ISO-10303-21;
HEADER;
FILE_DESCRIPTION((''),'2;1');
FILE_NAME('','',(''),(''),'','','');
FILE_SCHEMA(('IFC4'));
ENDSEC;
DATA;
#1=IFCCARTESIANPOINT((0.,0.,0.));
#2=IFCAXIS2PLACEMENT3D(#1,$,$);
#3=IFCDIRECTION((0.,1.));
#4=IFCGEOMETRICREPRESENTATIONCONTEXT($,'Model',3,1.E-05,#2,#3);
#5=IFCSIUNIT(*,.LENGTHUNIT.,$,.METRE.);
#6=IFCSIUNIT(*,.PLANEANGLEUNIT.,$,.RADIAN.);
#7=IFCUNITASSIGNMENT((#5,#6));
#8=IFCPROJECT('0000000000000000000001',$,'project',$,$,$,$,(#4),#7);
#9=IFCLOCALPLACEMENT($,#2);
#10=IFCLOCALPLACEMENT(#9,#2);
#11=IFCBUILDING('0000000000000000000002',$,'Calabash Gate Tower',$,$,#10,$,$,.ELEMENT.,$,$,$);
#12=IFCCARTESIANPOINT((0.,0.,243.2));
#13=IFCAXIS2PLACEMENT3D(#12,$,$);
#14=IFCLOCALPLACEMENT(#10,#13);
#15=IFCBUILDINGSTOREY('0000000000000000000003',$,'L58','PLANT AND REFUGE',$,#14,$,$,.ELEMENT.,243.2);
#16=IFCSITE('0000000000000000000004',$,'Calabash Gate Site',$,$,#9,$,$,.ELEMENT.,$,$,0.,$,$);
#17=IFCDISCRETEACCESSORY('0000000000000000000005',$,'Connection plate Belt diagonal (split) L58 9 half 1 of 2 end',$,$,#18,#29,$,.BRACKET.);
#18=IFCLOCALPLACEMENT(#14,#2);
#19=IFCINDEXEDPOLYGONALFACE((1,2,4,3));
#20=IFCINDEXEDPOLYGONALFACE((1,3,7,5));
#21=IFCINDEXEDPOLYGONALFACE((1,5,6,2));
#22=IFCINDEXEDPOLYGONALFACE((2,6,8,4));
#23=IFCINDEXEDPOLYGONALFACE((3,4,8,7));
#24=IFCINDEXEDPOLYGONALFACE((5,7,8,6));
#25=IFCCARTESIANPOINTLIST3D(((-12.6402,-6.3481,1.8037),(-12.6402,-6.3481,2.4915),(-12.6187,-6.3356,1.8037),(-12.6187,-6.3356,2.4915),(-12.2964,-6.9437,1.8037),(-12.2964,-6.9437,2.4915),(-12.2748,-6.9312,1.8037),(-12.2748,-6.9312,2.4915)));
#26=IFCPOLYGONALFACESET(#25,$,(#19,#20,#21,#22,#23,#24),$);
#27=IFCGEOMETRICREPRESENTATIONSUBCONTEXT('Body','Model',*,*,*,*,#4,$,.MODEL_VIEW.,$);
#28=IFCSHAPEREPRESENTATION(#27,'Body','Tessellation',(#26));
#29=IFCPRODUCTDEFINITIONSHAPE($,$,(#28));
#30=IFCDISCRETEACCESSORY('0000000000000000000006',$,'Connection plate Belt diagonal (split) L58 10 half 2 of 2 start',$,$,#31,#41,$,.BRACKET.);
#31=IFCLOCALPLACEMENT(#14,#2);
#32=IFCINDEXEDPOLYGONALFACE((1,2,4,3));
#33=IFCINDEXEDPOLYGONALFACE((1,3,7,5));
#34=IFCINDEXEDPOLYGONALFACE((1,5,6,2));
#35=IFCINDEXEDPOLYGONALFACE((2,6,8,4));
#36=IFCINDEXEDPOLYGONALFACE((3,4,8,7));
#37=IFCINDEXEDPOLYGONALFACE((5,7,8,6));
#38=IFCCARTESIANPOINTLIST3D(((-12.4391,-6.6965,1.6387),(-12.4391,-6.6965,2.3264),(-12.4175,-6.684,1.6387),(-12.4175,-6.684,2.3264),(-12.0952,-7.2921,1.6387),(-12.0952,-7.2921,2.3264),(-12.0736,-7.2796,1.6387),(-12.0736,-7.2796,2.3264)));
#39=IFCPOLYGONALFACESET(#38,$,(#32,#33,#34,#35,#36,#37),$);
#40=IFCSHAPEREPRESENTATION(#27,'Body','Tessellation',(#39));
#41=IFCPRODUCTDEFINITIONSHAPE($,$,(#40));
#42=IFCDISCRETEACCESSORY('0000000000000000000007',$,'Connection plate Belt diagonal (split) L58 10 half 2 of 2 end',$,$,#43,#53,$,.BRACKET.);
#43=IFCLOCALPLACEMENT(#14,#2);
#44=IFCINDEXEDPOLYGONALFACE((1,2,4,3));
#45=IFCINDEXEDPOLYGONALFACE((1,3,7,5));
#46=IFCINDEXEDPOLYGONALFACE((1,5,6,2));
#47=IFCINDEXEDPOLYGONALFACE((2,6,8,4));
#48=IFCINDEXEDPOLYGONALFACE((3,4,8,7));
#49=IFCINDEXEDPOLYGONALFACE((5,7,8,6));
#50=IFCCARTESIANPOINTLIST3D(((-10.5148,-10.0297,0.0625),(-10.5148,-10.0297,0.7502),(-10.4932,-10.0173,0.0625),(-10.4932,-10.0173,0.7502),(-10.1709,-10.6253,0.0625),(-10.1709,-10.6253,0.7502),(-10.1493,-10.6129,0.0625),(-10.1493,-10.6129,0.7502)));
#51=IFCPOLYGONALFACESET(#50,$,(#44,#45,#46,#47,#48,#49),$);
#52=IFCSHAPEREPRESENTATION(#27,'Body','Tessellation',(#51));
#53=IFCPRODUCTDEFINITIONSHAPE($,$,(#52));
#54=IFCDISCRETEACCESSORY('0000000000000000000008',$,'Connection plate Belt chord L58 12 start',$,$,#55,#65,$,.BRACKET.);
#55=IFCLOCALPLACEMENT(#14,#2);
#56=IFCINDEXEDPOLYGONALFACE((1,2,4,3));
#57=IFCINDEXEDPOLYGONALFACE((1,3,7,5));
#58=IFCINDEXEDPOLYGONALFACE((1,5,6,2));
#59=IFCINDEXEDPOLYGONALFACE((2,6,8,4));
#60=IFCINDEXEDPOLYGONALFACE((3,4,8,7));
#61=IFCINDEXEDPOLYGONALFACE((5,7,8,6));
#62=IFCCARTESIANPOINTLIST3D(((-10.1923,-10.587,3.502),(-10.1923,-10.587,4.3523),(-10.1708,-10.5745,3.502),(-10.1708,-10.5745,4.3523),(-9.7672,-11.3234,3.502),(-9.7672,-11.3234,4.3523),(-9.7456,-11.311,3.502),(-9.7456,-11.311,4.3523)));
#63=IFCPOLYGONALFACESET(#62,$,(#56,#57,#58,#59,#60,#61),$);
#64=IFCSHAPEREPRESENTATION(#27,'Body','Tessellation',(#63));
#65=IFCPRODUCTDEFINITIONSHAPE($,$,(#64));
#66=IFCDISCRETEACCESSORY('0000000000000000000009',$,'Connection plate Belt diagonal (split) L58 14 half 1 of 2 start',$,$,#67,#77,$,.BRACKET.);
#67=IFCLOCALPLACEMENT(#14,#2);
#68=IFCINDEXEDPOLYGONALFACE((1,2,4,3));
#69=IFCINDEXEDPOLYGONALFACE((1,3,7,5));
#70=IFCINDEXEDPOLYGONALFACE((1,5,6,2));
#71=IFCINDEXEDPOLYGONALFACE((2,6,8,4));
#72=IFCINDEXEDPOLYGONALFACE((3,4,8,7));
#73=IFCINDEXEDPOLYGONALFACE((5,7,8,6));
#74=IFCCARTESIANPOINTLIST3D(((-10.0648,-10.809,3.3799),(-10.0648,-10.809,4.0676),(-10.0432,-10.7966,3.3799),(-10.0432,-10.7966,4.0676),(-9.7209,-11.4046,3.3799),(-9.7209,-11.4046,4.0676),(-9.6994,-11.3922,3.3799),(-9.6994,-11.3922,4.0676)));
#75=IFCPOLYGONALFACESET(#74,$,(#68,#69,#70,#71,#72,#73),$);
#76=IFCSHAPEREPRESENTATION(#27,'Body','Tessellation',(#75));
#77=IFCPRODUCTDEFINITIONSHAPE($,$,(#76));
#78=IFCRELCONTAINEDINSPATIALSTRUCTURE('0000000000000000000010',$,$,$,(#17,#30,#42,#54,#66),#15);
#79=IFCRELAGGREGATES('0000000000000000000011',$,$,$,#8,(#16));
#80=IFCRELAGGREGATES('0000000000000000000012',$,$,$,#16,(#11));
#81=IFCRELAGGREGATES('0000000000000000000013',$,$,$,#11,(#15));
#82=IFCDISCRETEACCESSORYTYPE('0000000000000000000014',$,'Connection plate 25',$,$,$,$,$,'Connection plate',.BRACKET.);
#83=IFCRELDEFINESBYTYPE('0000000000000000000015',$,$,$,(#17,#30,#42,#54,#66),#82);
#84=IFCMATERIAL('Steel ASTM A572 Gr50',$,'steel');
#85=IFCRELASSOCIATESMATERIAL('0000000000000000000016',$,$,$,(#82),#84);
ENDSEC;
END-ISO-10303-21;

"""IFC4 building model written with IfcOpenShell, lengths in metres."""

from ifc_helpers import new_model, si_unit, direction, frame, origin, origin_2d, place, context, subcontext, project, spatial, rectangle, extrude, material, type_object, element, save


model = new_model("IFC4")

# Units and contexts
model_context = context("Model", 3, precision=1e-05, world=origin(), true_north=direction((0.0, 1.0)))
body_context = subcontext(model_context, "Body", "Model", "MODEL_VIEW")
ifc_project = project(units=[si_unit("LENGTHUNIT", "METRE"), si_unit("PLANEANGLEUNIT", "RADIAN")], contexts=[model_context])

# Site, building, storey
site_placement = place(None, origin())
site = spatial("IfcSite", under=ifc_project, at=site_placement, Name="Calabash Gate Site", CompositionType="ELEMENT", RefElevation=0.0)
building_placement = place(site_placement, origin())
building = spatial("IfcBuilding", under=site, at=building_placement, Name="Calabash Gate Tower", CompositionType="ELEMENT")
storey_placement = place(building_placement, frame((0.0, 0.0, 243.2)))
storey = spatial("IfcBuildingStorey", under=building, at=storey_placement, Name="L58", Description="PLANT AND REFUGE", CompositionType="ELEMENT", Elevation=243.2)

# Discrete accessories
ifc_material_1 = material(Name="Steel ASTM A572 Gr50", Category="steel")
discrete_accessory_type = type_object("IfcDiscreteAccessoryType", Name="Connection plate 25", ElementType="Connection plate", PredefinedType="BRACKET", material=ifc_material_1)
for number, where, z_axis, x_axis, name in (
    (1, (-12.4575, -6.6396, 1.8037), (0.0, 0.0, 1.0), (0.5, -0.866025, 0.0), "Connection plate Belt diagonal (split) L58 9 half 1 of 2 end"),
    (2, (-12.2563, -6.988, 1.6387), (0.0, 0.0, 1.0), (0.5, -0.866025, 0.0), "Connection plate Belt diagonal (split) L58 10 half 2 of 2 start"),
    (3, (-10.332, -10.3213, 0.0625), (0.0, 0.0, 1.0), (0.5, -0.866025, 0.0), "Connection plate Belt diagonal (split) L58 10 half 2 of 2 end"),
):
    element("IfcDiscreteAccessory", number, at=place(storey_placement, frame(where, z_axis=z_axis, x_axis=x_axis)), inside=storey, type_object=discrete_accessory_type, Name=name, PredefinedType="BRACKET", context=body_context, shape_type="SweptSolid", body=[
        extrude(rectangle(XDim=0.6877, YDim=0.0249, at=origin_2d()), origin(), (0.0, 0.0, 1.0), 0.6877),
    ])
discrete_accessory_1_placement = place(storey_placement, frame((-9.969, -10.949, 3.502), z_axis=(0.0, 0.0, 1.0), x_axis=(0.499953, -0.866053, 0.0)))
element("IfcDiscreteAccessory", 4, at=discrete_accessory_1_placement, inside=storey, type_object=discrete_accessory_type, Name="Connection plate Belt chord L58 12 start", PredefinedType="BRACKET", context=body_context, shape_type="SweptSolid", body=[
    extrude(rectangle(XDim=0.8503, YDim=0.0249, at=origin_2d()), origin(), (0.0, 0.0, 1.0), 0.8503),
])
discrete_accessory_2_placement = place(storey_placement, frame((-9.8821, -11.1006, 3.3799), z_axis=(0.0, 0.0, 1.0), x_axis=(0.5, -0.866025, 0.0)))
element("IfcDiscreteAccessory", 5, at=discrete_accessory_2_placement, inside=storey, type_object=discrete_accessory_type, Name="Connection plate Belt diagonal (split) L58 14 half 1 of 2 start", PredefinedType="BRACKET", context=body_context, shape_type="SweptSolid", body=[
    extrude(rectangle(XDim=0.6877, YDim=0.0249, at=origin_2d()), origin(), (0.0, 0.0, 1.0), 0.6877),
])

save(model, "model.ifc")
